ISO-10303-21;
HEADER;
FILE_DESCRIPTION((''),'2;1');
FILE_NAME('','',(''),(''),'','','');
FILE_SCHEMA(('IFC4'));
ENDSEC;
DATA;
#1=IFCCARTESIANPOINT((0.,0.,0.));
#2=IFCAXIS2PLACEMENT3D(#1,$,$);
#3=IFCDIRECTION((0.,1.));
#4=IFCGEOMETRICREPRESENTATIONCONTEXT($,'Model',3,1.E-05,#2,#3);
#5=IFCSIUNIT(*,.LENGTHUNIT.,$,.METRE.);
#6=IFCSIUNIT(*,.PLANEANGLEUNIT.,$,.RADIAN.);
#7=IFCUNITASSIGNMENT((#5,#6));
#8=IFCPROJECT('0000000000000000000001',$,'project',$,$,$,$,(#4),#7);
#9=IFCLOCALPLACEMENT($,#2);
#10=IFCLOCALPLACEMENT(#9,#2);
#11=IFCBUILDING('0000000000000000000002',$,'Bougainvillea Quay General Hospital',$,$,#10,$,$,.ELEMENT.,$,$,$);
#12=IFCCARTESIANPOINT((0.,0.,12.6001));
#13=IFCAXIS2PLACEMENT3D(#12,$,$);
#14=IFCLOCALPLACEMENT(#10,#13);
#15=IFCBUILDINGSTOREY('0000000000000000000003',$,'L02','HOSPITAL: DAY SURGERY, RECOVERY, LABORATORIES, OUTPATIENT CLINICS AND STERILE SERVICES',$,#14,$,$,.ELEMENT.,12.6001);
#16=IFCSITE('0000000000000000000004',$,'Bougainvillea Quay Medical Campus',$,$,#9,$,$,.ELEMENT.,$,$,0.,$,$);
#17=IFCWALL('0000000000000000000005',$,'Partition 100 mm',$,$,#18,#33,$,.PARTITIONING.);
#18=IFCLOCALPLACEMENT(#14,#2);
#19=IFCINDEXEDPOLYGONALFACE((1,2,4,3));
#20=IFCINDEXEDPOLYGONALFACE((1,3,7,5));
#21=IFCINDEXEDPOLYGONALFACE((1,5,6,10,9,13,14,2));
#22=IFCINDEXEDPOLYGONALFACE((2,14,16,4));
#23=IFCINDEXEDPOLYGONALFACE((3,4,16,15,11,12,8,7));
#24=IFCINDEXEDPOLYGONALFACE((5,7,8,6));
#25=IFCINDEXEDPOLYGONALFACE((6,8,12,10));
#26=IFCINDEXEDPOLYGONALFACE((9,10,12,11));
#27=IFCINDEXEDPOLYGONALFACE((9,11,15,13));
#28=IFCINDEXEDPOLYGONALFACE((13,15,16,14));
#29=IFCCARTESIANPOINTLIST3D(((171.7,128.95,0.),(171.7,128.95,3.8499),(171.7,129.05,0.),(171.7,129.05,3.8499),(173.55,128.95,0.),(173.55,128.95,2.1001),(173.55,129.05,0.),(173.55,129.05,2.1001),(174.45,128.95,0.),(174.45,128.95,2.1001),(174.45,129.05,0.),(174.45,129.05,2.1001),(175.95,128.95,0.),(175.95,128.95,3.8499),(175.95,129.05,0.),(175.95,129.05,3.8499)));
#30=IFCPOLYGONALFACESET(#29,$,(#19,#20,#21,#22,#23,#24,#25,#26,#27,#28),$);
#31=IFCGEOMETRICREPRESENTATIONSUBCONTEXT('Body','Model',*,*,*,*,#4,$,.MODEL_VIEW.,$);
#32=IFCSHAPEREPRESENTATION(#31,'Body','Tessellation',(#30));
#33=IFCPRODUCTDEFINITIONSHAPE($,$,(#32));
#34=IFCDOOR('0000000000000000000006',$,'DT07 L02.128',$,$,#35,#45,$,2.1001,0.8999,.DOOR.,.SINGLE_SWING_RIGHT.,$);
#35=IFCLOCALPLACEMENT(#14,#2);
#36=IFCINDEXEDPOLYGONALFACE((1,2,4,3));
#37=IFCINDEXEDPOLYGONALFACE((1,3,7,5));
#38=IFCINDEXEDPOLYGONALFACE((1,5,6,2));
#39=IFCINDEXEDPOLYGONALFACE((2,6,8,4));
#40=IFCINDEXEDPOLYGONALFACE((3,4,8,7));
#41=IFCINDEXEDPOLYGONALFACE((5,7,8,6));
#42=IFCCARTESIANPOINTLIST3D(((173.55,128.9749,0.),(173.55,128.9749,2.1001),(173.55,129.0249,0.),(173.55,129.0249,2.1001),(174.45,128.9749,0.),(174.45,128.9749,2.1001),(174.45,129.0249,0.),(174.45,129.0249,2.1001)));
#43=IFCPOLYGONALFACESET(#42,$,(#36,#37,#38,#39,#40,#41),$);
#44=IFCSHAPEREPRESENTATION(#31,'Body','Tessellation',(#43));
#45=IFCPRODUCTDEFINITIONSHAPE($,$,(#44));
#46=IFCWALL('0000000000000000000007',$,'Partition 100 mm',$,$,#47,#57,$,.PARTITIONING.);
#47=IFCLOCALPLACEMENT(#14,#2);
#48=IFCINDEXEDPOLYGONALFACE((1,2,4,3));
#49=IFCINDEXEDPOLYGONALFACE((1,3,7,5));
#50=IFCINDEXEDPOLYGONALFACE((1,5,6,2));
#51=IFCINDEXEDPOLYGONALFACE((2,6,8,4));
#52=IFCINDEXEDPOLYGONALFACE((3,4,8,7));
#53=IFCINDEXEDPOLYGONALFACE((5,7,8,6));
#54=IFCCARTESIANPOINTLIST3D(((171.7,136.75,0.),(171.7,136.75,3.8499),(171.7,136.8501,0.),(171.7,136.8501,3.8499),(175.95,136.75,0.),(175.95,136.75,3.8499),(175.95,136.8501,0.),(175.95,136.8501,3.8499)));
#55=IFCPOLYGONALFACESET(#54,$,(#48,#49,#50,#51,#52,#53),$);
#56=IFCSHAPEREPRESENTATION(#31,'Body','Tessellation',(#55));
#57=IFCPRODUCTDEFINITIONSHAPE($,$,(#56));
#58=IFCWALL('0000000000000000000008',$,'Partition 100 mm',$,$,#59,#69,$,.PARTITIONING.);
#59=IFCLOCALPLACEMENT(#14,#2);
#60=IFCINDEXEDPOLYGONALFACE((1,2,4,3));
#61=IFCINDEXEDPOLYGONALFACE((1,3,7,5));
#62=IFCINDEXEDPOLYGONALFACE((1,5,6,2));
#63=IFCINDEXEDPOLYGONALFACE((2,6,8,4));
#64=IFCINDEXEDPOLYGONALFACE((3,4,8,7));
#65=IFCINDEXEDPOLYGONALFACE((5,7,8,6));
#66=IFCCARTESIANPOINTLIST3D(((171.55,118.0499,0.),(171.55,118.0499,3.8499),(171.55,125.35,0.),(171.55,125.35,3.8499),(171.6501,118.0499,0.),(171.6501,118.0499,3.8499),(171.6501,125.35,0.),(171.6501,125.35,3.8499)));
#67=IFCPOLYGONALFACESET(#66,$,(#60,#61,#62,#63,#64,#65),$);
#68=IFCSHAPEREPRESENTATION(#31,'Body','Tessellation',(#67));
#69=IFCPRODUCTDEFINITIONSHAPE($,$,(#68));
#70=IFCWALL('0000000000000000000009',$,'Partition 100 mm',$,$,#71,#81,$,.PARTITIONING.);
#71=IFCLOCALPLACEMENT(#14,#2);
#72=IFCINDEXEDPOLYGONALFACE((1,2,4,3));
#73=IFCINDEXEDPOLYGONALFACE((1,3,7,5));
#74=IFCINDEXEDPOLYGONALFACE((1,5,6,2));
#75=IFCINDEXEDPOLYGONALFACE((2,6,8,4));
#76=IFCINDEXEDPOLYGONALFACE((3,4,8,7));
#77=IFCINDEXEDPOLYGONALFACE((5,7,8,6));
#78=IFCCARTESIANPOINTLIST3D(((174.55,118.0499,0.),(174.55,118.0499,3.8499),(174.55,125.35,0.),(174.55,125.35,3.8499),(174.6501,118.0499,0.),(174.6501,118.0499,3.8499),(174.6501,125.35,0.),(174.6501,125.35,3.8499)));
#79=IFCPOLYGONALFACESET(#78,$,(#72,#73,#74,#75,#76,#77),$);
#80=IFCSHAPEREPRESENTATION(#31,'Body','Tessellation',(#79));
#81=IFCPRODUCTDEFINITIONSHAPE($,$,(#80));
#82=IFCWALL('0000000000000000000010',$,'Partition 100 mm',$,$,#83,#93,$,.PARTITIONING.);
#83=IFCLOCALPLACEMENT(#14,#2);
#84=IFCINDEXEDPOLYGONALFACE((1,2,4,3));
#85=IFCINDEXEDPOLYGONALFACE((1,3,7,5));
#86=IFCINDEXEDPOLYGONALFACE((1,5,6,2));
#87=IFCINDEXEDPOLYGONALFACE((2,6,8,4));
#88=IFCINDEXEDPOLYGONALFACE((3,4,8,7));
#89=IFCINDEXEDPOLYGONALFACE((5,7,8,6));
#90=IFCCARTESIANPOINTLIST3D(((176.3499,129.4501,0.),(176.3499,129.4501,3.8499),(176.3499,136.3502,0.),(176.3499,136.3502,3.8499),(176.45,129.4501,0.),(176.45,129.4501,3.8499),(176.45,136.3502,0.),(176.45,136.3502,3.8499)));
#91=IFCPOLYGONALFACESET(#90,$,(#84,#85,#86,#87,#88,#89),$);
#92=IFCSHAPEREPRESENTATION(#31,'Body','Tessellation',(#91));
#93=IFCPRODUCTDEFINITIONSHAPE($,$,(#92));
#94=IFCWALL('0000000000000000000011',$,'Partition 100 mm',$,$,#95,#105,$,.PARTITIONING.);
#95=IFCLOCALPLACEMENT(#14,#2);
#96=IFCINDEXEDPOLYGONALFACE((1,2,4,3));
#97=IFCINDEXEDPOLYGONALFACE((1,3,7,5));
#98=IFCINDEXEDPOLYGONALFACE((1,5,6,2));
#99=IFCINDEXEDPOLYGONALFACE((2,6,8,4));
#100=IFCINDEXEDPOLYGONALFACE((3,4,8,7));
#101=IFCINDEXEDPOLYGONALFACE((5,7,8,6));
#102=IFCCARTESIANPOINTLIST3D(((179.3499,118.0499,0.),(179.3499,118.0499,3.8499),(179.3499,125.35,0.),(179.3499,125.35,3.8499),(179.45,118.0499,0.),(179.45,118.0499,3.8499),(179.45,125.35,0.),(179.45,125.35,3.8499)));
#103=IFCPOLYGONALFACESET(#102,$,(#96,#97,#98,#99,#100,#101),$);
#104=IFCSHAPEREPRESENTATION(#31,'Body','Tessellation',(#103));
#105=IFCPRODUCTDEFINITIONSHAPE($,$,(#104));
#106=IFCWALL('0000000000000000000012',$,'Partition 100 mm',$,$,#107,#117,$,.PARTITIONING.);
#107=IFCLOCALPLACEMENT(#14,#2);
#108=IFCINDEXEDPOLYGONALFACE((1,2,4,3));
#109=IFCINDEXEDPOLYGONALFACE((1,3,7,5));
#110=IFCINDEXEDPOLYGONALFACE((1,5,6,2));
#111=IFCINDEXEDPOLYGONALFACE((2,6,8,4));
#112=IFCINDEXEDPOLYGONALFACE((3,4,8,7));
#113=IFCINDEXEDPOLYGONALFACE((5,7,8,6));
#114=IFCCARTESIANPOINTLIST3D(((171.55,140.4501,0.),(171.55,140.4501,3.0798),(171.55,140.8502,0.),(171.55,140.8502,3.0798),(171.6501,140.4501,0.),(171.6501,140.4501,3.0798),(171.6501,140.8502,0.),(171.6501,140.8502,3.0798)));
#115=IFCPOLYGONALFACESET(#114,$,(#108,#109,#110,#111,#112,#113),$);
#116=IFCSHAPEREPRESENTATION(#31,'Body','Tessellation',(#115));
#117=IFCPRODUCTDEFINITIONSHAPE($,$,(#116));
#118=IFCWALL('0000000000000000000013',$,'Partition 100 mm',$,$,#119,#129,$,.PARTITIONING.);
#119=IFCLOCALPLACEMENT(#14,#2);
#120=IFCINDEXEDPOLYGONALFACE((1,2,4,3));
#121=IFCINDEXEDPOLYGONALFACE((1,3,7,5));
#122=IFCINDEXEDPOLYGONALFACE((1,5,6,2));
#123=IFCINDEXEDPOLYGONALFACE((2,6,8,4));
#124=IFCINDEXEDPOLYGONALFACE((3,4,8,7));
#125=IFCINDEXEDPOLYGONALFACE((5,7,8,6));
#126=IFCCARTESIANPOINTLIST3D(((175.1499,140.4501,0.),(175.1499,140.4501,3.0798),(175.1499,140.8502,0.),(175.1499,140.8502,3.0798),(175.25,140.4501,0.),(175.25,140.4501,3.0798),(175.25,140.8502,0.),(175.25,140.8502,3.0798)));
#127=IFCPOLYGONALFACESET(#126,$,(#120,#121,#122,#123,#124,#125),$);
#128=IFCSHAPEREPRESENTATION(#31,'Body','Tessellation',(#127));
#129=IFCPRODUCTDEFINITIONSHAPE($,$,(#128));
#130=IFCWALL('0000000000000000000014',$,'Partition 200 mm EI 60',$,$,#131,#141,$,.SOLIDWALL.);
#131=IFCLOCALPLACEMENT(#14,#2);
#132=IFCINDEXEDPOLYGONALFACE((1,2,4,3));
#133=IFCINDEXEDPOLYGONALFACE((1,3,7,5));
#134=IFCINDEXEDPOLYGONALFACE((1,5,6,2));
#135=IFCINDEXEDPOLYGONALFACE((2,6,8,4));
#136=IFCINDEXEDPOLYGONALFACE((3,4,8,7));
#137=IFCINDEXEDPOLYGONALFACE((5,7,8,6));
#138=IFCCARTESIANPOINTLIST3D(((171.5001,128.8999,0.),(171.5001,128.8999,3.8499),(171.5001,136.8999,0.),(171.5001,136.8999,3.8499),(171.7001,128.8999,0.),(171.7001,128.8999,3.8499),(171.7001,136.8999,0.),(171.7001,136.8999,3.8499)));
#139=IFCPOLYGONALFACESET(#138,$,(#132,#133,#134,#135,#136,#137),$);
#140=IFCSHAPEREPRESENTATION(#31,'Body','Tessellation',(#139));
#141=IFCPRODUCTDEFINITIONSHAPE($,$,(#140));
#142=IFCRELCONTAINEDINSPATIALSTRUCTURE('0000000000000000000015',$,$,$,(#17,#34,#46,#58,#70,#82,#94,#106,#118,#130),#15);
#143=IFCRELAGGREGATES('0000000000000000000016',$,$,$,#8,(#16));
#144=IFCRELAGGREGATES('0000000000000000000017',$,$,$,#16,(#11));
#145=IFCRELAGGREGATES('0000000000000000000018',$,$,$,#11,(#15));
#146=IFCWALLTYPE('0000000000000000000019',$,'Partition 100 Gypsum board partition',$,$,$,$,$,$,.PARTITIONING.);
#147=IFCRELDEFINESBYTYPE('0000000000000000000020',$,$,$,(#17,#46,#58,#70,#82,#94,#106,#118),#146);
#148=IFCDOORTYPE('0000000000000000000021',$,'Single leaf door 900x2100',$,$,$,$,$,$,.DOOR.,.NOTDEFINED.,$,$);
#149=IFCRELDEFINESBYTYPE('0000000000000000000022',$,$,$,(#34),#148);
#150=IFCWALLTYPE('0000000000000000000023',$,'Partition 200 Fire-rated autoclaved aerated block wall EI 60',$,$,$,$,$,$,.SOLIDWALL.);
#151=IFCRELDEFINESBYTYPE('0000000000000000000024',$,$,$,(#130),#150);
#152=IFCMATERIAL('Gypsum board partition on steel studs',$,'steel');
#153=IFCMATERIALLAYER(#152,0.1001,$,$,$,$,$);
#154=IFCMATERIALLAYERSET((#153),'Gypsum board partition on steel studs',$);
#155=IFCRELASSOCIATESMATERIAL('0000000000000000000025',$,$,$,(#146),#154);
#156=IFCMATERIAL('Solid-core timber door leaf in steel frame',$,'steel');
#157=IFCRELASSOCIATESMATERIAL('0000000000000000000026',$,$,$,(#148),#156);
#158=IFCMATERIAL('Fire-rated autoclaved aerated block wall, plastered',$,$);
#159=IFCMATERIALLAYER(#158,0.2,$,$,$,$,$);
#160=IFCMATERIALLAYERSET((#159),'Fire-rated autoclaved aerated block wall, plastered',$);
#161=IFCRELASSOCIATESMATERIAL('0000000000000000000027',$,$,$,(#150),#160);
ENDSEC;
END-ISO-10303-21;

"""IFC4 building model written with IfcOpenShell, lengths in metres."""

from ifc_helpers import new_model, si_unit, direction, frame, frame_2d, origin, place, context, subcontext, project, spatial, rectangle, extrude, material, layer, layer_set, type_object, element, fill, save


model = new_model("IFC4")

# Units and contexts
model_context = context("Model", 3, precision=1e-05, world=origin(), true_north=direction((0.0, 1.0)))
body_context = subcontext(model_context, "Body", "Model", "MODEL_VIEW")
ifc_project = project(units=[si_unit("LENGTHUNIT", "METRE"), si_unit("PLANEANGLEUNIT", "RADIAN")], contexts=[model_context])

# Site, building, storey
site_placement = place(None, origin())
site = spatial("IfcSite", under=ifc_project, at=site_placement, Name="Bougainvillea Quay Medical Campus", CompositionType="ELEMENT", RefElevation=0.0)
building_placement = place(site_placement, origin())
building = spatial("IfcBuilding", under=site, at=building_placement, Name="Bougainvillea Quay General Hospital", CompositionType="ELEMENT")
storey_placement = place(building_placement, frame((0.0, 0.0, 12.6001)))
storey = spatial("IfcBuildingStorey", under=building, at=storey_placement, Name="L02", Description="HOSPITAL: DAY SURGERY, RECOVERY, LABORATORIES, OUTPATIENT CLINICS AND STERILE SERVICES", CompositionType="ELEMENT", Elevation=12.6001)

# Shared definitions
ifc_material_1 = material(Name="Gypsum board partition on steel studs", Category="steel")
ifc_layer_1 = layer(ifc_material_1, 0.1001)
ifc_layer_set_1 = layer_set([ifc_layer_1], Name="Gypsum board partition on steel studs")
wall_type_1 = type_object("IfcWallType", Name="Partition 100 Gypsum board partition", PredefinedType="PARTITIONING", material=ifc_layer_set_1)

# Shared definitions
ifc_material_2 = material(Name="Solid-core timber door leaf in steel frame", Category="steel")
door_type_1 = type_object("IfcDoorType", Name="Single leaf door 900x2100", OperationType="NOTDEFINED", PredefinedType="DOOR", material=ifc_material_2)

# Wall, opening, door
wall_1_placement = place(storey_placement, frame((175.95, 129.0, 0.0), z_axis=(0.0, 0.0, 1.0), x_axis=(-1.0, 0.0, 0.0)))
wall_1 = element("IfcWall", 1, at=wall_1_placement, inside=storey, type_object=wall_type_1, Name="Partition 100 mm", PredefinedType="PARTITIONING", context=body_context, shape_type="SweptSolid", body=[
    extrude(rectangle(XDim=4.25, YDim=0.1001, at=frame_2d((2.125, 0.0))), origin(), (0.0, 0.0, 1.0), 3.8499),
])
opening_1_placement = place(wall_1_placement, frame((1.5, 0.0, 0.0)))
opening_1 = element("IfcOpeningElement", 2, at=opening_1_placement, cuts=wall_1, PredefinedType="OPENING", context=body_context, shape_type="SweptSolid", body=[
    extrude(rectangle(XDim=0.8999, YDim=2.1001, at=frame_2d((0.45, 1.05))), frame((0.0, 0.0601, 0.0), z_axis=(0.0, -1.0, 0.0), x_axis=(1.0, 0.0, 0.0)), (0.0, 0.0, 1.0), 0.1201),
])
door_1_placement = place(opening_1_placement, frame((0.8999, 0.0, 0.0), z_axis=(0.0, 0.0, 1.0), x_axis=(-1.0, 0.0, 0.0)))
door_1 = element("IfcDoor", 3, at=door_1_placement, inside=storey, type_object=door_type_1, Name="DT07 L02.128", OperationType="SINGLE_SWING_RIGHT", OverallHeight=2.1001, OverallWidth=0.8999, PredefinedType="DOOR", context=body_context, shape_type="SweptSolid", body=[
    extrude(rectangle(XDim=0.8999, YDim=2.1001, at=frame_2d((0.45, 1.05))), frame((0.0, 0.0249, 0.0), z_axis=(0.0, -1.0, 0.0), x_axis=(1.0, 0.0, 0.0)), (0.0, 0.0, 1.0), 0.05),
])
fill(opening_1, door_1)

# Walls
wall_2_placement = place(storey_placement, frame((175.95, 136.8, 0.0), z_axis=(0.0, 0.0, 1.0), x_axis=(-1.0, 0.0, 0.0)))
element("IfcWall", 4, at=wall_2_placement, inside=storey, type_object=wall_type_1, Name="Partition 100 mm", PredefinedType="PARTITIONING", context=body_context, shape_type="SweptSolid", body=[
    extrude(rectangle(XDim=4.25, YDim=0.1001, at=frame_2d((2.125, 0.0))), origin(), (0.0, 0.0, 1.0), 3.8499),
])
for number, where, z_axis, x_axis, name in (
    (5, (171.6001, 118.05, 0.0), (0.0, 0.0, 1.0), (0.0, 1.0, 0.0), "Partition 100 mm"),
    (6, (174.6001, 118.05, 0.0), (0.0, 0.0, 1.0), (0.0, 1.0, 0.0), "Partition 100 mm"),
):
    element("IfcWall", number, at=place(storey_placement, frame(where, z_axis=z_axis, x_axis=x_axis)), inside=storey, type_object=wall_type_1, Name=name, PredefinedType="PARTITIONING", context=body_context, shape_type="SweptSolid", body=[
        extrude(rectangle(XDim=7.3, YDim=0.1001, at=frame_2d((3.6499, 0.0))), origin(), (0.0, 0.0, 1.0), 3.8499),
    ])
wall_3_placement = place(storey_placement, frame((176.3999, 129.45, 0.0), z_axis=(0.0, 0.0, 1.0), x_axis=(0.0, 1.0, 0.0)))
element("IfcWall", 7, at=wall_3_placement, inside=storey, type_object=wall_type_1, Name="Partition 100 mm", PredefinedType="PARTITIONING", context=body_context, shape_type="SweptSolid", body=[
    extrude(rectangle(XDim=6.9001, YDim=0.1001, at=frame_2d((3.4502, 0.0))), origin(), (0.0, 0.0, 1.0), 3.8499),
])
wall_4_placement = place(storey_placement, frame((179.3999, 118.05, 0.0), z_axis=(0.0, 0.0, 1.0), x_axis=(0.0, 1.0, 0.0)))
element("IfcWall", 8, at=wall_4_placement, inside=storey, type_object=wall_type_1, Name="Partition 100 mm", PredefinedType="PARTITIONING", context=body_context, shape_type="SweptSolid", body=[
    extrude(rectangle(XDim=7.3, YDim=0.1001, at=frame_2d((3.6499, 0.0))), origin(), (0.0, 0.0, 1.0), 3.8499),
])
for number, where, z_axis, x_axis, name in (
    (9, (171.6001, 140.45, 0.0), (0.0, 0.0, 1.0), (0.0, 1.0, 0.0), "Partition 100 mm"),
    (10, (175.2, 140.45, 0.0), (0.0, 0.0, 1.0), (0.0, 1.0, 0.0), "Partition 100 mm"),
):
    element("IfcWall", number, at=place(storey_placement, frame(where, z_axis=z_axis, x_axis=x_axis)), inside=storey, type_object=wall_type_1, Name=name, PredefinedType="PARTITIONING", context=body_context, shape_type="SweptSolid", body=[
        extrude(rectangle(XDim=0.4001, YDim=0.1001, at=frame_2d((0.2002, 0.0))), origin(), (0.0, 0.0, 1.0), 3.0798),
    ])
ifc_material_3 = material(Name="Fire-rated autoclaved aerated block wall, plastered")
ifc_layer_2 = layer(ifc_material_3, 0.2)
ifc_layer_set_2 = layer_set([ifc_layer_2], Name="Fire-rated autoclaved aerated block wall, plastered")
wall_type_2 = type_object("IfcWallType", Name="Partition 200 Fire-rated autoclaved aerated block wall EI 60", PredefinedType="SOLIDWALL", material=ifc_layer_set_2)
wall_5_placement = place(storey_placement, frame((171.6001, 128.8999, 0.0), z_axis=(0.0, 0.0, 1.0), x_axis=(0.0, 1.0, 0.0)))
element("IfcWall", 11, at=wall_5_placement, inside=storey, type_object=wall_type_2, Name="Partition 200 mm EI 60", PredefinedType="SOLIDWALL", context=body_context, shape_type="SweptSolid", body=[
    extrude(rectangle(XDim=8.0, YDim=0.2, at=frame_2d((4.0, 0.0))), origin(), (0.0, 0.0, 1.0), 3.8499),
])

save(model, "model.ifc")
